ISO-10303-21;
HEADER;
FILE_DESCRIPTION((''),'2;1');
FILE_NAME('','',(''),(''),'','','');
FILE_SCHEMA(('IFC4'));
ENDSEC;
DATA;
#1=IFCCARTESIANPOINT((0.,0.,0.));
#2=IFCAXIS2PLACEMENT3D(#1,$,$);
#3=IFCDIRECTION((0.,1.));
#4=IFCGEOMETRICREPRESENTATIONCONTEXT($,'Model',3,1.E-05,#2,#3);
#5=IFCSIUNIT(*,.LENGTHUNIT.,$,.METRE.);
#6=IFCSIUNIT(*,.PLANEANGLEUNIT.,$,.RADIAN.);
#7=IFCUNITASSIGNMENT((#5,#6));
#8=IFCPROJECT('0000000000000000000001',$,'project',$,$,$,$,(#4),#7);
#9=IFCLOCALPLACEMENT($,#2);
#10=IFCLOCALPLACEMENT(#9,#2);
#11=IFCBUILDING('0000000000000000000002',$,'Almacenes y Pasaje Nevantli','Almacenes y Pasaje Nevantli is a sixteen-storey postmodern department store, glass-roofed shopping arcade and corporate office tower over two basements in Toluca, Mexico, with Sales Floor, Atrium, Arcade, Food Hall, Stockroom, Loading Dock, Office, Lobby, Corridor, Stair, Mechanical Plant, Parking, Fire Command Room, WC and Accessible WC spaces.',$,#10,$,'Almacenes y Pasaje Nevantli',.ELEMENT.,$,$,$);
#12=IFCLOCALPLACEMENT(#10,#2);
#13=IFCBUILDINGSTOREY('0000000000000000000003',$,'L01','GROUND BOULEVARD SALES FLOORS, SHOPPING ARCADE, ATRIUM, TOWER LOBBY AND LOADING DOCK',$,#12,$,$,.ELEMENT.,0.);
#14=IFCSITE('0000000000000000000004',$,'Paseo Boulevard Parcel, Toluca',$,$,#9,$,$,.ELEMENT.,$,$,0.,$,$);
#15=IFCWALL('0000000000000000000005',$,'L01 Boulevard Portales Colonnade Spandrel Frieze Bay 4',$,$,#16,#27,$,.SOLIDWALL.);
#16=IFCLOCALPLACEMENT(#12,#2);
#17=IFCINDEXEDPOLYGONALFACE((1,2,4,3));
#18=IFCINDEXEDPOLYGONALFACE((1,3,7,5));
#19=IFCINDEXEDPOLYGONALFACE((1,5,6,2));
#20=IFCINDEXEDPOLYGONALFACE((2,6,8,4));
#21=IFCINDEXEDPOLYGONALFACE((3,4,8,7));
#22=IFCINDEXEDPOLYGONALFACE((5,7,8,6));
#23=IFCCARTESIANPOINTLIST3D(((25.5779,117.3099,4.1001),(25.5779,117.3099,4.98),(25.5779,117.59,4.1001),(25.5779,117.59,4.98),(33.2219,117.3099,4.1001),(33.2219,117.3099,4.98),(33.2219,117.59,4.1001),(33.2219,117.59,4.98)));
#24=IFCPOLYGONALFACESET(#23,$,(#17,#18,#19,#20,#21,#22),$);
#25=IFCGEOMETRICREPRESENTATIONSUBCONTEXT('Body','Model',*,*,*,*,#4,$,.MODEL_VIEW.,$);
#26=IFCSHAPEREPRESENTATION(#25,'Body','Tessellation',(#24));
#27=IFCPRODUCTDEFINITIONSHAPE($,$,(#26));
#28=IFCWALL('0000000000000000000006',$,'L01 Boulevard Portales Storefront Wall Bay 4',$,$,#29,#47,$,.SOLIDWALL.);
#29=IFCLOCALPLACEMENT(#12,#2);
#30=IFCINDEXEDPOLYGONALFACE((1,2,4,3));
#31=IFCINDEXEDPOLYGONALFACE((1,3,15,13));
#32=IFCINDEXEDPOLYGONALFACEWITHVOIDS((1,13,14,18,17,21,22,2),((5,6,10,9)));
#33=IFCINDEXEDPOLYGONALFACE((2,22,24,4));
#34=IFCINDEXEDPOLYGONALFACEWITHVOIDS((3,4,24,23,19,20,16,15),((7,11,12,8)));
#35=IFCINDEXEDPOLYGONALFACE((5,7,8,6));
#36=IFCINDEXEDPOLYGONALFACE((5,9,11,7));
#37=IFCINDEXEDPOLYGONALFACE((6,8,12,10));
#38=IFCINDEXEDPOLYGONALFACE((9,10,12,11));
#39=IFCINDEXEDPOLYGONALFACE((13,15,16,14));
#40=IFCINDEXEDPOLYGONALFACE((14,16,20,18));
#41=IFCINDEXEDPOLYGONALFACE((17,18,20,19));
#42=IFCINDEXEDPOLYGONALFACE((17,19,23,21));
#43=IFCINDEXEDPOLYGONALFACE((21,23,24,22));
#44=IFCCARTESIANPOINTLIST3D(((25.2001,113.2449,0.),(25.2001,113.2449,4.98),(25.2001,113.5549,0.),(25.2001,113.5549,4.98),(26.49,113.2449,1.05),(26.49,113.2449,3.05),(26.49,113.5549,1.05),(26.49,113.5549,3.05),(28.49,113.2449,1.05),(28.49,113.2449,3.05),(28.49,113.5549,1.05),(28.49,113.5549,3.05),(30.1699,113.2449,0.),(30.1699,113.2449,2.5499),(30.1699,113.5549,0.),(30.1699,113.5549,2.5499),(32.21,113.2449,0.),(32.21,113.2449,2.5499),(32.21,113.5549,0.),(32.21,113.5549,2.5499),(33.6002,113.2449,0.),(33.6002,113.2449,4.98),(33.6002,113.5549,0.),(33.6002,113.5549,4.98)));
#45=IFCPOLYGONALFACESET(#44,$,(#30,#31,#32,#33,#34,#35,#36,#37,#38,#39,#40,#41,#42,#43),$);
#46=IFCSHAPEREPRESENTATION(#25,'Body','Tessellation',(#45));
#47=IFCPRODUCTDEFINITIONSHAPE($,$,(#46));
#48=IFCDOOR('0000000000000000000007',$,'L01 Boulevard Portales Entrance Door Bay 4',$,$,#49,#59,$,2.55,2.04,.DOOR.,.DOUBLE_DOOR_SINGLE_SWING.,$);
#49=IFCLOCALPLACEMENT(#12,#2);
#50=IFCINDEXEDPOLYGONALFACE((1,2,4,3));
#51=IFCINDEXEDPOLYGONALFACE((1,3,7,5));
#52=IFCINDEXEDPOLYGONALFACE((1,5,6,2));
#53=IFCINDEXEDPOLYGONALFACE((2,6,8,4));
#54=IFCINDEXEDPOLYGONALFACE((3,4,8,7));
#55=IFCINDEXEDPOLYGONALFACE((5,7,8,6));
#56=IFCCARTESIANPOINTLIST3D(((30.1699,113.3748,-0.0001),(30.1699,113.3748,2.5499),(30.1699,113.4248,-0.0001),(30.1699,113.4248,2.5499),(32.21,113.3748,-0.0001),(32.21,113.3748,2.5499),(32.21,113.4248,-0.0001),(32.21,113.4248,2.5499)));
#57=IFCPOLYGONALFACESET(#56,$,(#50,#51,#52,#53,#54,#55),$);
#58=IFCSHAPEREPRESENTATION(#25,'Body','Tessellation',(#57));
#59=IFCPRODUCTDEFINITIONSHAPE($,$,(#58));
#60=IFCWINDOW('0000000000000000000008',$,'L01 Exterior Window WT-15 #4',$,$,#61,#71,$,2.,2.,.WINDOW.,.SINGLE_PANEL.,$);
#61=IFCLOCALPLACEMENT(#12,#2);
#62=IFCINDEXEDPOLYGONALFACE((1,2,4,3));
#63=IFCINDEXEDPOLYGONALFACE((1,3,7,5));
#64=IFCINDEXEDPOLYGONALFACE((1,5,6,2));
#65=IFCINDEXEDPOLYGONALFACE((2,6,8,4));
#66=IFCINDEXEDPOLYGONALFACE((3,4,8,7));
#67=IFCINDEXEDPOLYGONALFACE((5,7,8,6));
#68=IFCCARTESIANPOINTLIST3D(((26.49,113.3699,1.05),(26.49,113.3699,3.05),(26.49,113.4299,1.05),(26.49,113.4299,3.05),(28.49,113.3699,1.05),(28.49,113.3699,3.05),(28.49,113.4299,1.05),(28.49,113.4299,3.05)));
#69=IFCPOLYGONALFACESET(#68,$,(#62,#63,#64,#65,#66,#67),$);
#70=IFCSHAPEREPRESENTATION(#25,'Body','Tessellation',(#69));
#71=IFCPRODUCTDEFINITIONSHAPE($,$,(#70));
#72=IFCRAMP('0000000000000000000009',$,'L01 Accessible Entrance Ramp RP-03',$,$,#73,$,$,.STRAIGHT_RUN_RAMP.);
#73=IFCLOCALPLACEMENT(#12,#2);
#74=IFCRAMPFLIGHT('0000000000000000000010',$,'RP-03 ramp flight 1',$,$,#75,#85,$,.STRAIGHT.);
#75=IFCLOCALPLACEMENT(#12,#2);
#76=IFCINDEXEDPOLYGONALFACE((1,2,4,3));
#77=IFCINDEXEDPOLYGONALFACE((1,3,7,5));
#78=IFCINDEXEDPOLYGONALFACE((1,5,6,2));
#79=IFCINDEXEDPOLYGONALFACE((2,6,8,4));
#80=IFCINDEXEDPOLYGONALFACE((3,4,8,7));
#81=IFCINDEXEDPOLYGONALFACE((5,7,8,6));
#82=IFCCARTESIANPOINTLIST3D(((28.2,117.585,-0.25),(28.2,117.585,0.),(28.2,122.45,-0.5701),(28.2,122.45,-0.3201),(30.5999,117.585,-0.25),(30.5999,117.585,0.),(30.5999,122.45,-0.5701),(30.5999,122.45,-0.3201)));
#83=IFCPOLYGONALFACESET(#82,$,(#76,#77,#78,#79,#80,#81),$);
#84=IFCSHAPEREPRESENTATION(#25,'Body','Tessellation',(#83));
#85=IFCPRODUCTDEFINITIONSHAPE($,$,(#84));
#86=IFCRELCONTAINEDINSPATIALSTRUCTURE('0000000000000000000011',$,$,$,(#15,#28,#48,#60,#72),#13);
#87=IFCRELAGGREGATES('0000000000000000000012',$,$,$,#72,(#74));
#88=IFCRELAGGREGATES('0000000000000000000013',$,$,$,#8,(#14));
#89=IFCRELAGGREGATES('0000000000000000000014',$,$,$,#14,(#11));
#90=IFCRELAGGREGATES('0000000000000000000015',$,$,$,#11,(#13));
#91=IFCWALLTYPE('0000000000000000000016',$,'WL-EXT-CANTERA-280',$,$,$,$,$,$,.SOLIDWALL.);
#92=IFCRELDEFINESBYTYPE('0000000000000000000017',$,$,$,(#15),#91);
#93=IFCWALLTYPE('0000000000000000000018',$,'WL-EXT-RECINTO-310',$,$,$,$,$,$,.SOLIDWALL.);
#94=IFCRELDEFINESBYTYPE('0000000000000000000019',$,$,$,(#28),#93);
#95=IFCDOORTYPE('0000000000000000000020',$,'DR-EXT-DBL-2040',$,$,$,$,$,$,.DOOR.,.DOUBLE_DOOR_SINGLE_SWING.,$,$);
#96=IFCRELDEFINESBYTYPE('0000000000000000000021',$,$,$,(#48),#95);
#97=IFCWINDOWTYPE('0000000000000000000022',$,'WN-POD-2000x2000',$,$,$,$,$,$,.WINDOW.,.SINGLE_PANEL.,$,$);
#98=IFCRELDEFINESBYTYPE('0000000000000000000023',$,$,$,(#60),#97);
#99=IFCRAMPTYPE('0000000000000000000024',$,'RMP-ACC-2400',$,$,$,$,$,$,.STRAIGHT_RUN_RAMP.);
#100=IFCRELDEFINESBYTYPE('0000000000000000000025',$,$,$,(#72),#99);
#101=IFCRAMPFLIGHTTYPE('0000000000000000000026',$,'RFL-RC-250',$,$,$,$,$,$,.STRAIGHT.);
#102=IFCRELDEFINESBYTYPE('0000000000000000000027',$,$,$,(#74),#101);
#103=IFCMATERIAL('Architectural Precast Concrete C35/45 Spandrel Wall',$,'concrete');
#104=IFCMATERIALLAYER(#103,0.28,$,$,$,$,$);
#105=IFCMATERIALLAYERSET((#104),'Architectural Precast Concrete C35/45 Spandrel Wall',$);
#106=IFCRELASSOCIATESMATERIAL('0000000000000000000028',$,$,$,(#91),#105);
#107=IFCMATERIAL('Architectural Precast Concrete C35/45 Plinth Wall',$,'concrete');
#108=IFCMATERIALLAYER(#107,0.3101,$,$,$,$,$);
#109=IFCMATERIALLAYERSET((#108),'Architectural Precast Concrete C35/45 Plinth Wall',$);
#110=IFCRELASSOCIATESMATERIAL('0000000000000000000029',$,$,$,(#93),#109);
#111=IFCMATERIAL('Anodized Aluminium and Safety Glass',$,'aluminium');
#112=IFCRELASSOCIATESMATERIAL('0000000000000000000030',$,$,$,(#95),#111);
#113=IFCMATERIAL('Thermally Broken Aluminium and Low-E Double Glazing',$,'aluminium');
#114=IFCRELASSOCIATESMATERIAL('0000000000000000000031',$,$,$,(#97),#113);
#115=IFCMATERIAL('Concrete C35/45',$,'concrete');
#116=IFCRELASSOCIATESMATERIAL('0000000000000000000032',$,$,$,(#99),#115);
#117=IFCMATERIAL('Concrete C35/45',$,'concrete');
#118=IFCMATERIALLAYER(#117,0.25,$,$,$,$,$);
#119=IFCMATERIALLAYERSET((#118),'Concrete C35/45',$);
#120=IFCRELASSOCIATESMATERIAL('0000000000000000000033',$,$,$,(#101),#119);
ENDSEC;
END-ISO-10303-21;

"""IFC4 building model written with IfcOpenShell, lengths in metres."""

from ifc_helpers import new_model, si_unit, direction, frame, frame_2d, origin, place, context, subcontext, project, spatial, polyline, rectangle, outline, extrude, material, layer, layer_set, type_object, element, fill, aggregate, save


model = new_model("IFC4")

# Units and contexts
model_context = context("Model", 3, precision=1e-05, world=origin(), true_north=direction((0.0, 1.0)))
body_context = subcontext(model_context, "Body", "Model", "MODEL_VIEW")
ifc_project = project(units=[si_unit("LENGTHUNIT", "METRE"), si_unit("PLANEANGLEUNIT", "RADIAN")], contexts=[model_context])

# Site, building, storey
site_placement = place(None, origin())
site = spatial("IfcSite", under=ifc_project, at=site_placement, Name="Paseo Boulevard Parcel, Toluca", CompositionType="ELEMENT", RefElevation=0.0)
building_placement = place(site_placement, origin())
building = spatial("IfcBuilding", under=site, at=building_placement, Name="Almacenes y Pasaje Nevantli", Description="Almacenes y Pasaje Nevantli is a sixteen-storey postmodern department store, glass-roofed shopping arcade and corporate office tower over two basements in Toluca, Mexico, with Sales Floor, Atrium, Arcade, Food Hall, Stockroom, Loading Dock, Office, Lobby, Corridor, Stair, Mechanical Plant, Parking, Fire Command Room, WC and Accessible WC spaces.", LongName="Almacenes y Pasaje Nevantli", CompositionType="ELEMENT")
storey_placement = place(building_placement, origin())
storey = spatial("IfcBuildingStorey", under=building, at=storey_placement, Name="L01", Description="GROUND BOULEVARD SALES FLOORS, SHOPPING ARCADE, ATRIUM, TOWER LOBBY AND LOADING DOCK", CompositionType="ELEMENT", Elevation=0.0)

# Wall
ifc_material_1 = material(Name="Architectural Precast Concrete C35/45 Spandrel Wall", Category="concrete")
ifc_layer_1 = layer(ifc_material_1, 0.28)
ifc_layer_set_1 = layer_set([ifc_layer_1], Name="Architectural Precast Concrete C35/45 Spandrel Wall")
wall_type_1 = type_object("IfcWallType", Name="WL-EXT-CANTERA-280", PredefinedType="SOLIDWALL", material=ifc_layer_set_1)
for number, where, z_axis, x_axis, name in (
    (1, (25.5779, 117.45, 4.1001), (0.0, 0.0, 1.0), (1.0, 0.0, 0.0), "L01 Boulevard Portales Colonnade Spandrel Frieze Bay 4"),
):
    element("IfcWall", number, at=place(storey_placement, frame(where, z_axis=z_axis, x_axis=x_axis)), inside=storey, type_object=wall_type_1, Name=name, PredefinedType="SOLIDWALL", context=body_context, shape_type="SweptSolid", body=[
        extrude(rectangle(XDim=7.644, YDim=0.28, at=frame_2d((3.822, 0.0))), origin(), (0.0, 0.0, 1.0), 0.8799),
    ])

# Wall, openings, door, window
ifc_material_2 = material(Name="Architectural Precast Concrete C35/45 Plinth Wall", Category="concrete")
ifc_layer_2 = layer(ifc_material_2, 0.3101)
ifc_layer_set_2 = layer_set([ifc_layer_2], Name="Architectural Precast Concrete C35/45 Plinth Wall")
wall_type_2 = type_object("IfcWallType", Name="WL-EXT-RECINTO-310", PredefinedType="SOLIDWALL", material=ifc_layer_set_2)
wall_placement = place(storey_placement, frame((25.2, 113.3999, 0.0), z_axis=(0.0, 0.0, 1.0), x_axis=(1.0, 0.0, 0.0)))
wall = element("IfcWall", 2, at=wall_placement, inside=storey, type_object=wall_type_2, Name="L01 Boulevard Portales Storefront Wall Bay 4", PredefinedType="SOLIDWALL", context=body_context, shape_type="SweptSolid", body=[
    extrude(rectangle(XDim=8.4001, YDim=0.3101, at=frame_2d((4.2002, 0.0))), origin(), (0.0, 0.0, 1.0), 4.98),
])
opening_1_placement = place(wall_placement, frame((1.29, 0.0, 1.05)))
opening_1 = element("IfcOpeningElement", 3, at=opening_1_placement, cuts=wall, PredefinedType="OPENING", context=body_context, shape_type="SweptSolid", body=[
    extrude(rectangle(XDim=2.0, YDim=2.0, at=frame_2d((1.0, 1.0))), frame((0.0, 0.165, 0.0), z_axis=(0.0, -1.0, 0.0), x_axis=(1.0, 0.0, 0.0)), (0.0, 0.0, 1.0), 0.3301),
])
opening_2_placement = place(wall_placement, frame((4.97, 0.0, 0.0)))
opening_2 = element("IfcOpeningElement", 4, at=opening_2_placement, cuts=wall, PredefinedType="OPENING", context=body_context, shape_type="SweptSolid", body=[
    extrude(rectangle(XDim=2.04, YDim=2.55, at=frame_2d((1.02, 1.2749))), frame((0.0, 0.165, 0.0), z_axis=(0.0, -1.0, 0.0), x_axis=(1.0, 0.0, 0.0)), (0.0, 0.0, 1.0), 0.3301),
])
ifc_material_3 = material(Name="Anodized Aluminium and Safety Glass", Category="aluminium")
door_type = type_object("IfcDoorType", Name="DR-EXT-DBL-2040", OperationType="DOUBLE_DOOR_SINGLE_SWING", PredefinedType="DOOR", material=ifc_material_3)
door_placement = place(opening_2_placement, origin())
door = element("IfcDoor", 5, at=door_placement, inside=storey, type_object=door_type, Name="L01 Boulevard Portales Entrance Door Bay 4", OperationType="DOUBLE_DOOR_SINGLE_SWING", OverallHeight=2.55, OverallWidth=2.04, PredefinedType="DOOR", context=body_context, shape_type="SweptSolid", body=[
    extrude(rectangle(XDim=2.04, YDim=2.55, at=frame_2d((1.02, 1.2749))), frame((0.0, 0.0249, 0.0), z_axis=(0.0, -1.0, 0.0), x_axis=(1.0, 0.0, 0.0)), (0.0, 0.0, 1.0), 0.05),
])
fill(opening_2, door)
ifc_material_4 = material(Name="Thermally Broken Aluminium and Low-E Double Glazing", Category="aluminium")
window_type = type_object("IfcWindowType", Name="WN-POD-2000x2000", PartitioningType="SINGLE_PANEL", PredefinedType="WINDOW", material=ifc_material_4)
window_placement = place(opening_1_placement, origin())
window = element("IfcWindow", 6, at=window_placement, inside=storey, type_object=window_type, Name="L01 Exterior Window WT-15 #4", OverallHeight=2.0, OverallWidth=2.0, PartitioningType="SINGLE_PANEL", PredefinedType="WINDOW", context=body_context, shape_type="SweptSolid", body=[
    extrude(rectangle(XDim=2.0, YDim=2.0, at=frame_2d((1.0, 1.0))), frame((0.0, 0.03, 0.0), z_axis=(0.0, -1.0, 0.0), x_axis=(1.0, 0.0, 0.0)), (0.0, 0.0, 1.0), 0.0601),
])
fill(opening_1, window)

# Ramp, ramp flight
ifc_material_5 = material(Name="Concrete C35/45", Category="concrete")
ramp_type = type_object("IfcRampType", Name="RMP-ACC-2400", PredefinedType="STRAIGHT_RUN_RAMP", material=ifc_material_5)
ramp_placement = place(storey_placement, origin())
ramp = element("IfcRamp", 7, at=ramp_placement, inside=storey, type_object=ramp_type, Name="L01 Accessible Entrance Ramp RP-03", PredefinedType="STRAIGHT_RUN_RAMP")
ifc_material_6 = material(Name="Concrete C35/45", Category="concrete")
ifc_layer_3 = layer(ifc_material_6, 0.25)
ifc_layer_set_3 = layer_set([ifc_layer_3], Name="Concrete C35/45")
ramp_flight_type = type_object("IfcRampFlightType", Name="RFL-RC-250", PredefinedType="STRAIGHT", material=ifc_layer_set_3)
ramp_flight_placement = place(storey_placement, frame((29.3999, 122.45, -0.3201), z_axis=(0.0, 0.0, 1.0), x_axis=(0.0, -1.0, 0.0)))
ramp_flight = element("IfcRampFlight", 8, at=ramp_flight_placement, type_object=ramp_flight_type, Name="RP-03 ramp flight 1", PredefinedType="STRAIGHT", context=body_context, shape_type="SweptSolid", body=[
    extrude(outline(polyline([(0.0, -0.25), (4.865, 0.0701), (4.865, 0.3201), (0.0, 0.0), (0.0, -0.25)])), frame((0.0, 1.2, 0.0), z_axis=(0.0, -1.0, 0.0), x_axis=(1.0, 0.0, 0.0)), (0.0, 0.0, 1.0), 2.3999),
])
aggregate(ramp, [ramp_flight])

save(model, "model.ifc")
